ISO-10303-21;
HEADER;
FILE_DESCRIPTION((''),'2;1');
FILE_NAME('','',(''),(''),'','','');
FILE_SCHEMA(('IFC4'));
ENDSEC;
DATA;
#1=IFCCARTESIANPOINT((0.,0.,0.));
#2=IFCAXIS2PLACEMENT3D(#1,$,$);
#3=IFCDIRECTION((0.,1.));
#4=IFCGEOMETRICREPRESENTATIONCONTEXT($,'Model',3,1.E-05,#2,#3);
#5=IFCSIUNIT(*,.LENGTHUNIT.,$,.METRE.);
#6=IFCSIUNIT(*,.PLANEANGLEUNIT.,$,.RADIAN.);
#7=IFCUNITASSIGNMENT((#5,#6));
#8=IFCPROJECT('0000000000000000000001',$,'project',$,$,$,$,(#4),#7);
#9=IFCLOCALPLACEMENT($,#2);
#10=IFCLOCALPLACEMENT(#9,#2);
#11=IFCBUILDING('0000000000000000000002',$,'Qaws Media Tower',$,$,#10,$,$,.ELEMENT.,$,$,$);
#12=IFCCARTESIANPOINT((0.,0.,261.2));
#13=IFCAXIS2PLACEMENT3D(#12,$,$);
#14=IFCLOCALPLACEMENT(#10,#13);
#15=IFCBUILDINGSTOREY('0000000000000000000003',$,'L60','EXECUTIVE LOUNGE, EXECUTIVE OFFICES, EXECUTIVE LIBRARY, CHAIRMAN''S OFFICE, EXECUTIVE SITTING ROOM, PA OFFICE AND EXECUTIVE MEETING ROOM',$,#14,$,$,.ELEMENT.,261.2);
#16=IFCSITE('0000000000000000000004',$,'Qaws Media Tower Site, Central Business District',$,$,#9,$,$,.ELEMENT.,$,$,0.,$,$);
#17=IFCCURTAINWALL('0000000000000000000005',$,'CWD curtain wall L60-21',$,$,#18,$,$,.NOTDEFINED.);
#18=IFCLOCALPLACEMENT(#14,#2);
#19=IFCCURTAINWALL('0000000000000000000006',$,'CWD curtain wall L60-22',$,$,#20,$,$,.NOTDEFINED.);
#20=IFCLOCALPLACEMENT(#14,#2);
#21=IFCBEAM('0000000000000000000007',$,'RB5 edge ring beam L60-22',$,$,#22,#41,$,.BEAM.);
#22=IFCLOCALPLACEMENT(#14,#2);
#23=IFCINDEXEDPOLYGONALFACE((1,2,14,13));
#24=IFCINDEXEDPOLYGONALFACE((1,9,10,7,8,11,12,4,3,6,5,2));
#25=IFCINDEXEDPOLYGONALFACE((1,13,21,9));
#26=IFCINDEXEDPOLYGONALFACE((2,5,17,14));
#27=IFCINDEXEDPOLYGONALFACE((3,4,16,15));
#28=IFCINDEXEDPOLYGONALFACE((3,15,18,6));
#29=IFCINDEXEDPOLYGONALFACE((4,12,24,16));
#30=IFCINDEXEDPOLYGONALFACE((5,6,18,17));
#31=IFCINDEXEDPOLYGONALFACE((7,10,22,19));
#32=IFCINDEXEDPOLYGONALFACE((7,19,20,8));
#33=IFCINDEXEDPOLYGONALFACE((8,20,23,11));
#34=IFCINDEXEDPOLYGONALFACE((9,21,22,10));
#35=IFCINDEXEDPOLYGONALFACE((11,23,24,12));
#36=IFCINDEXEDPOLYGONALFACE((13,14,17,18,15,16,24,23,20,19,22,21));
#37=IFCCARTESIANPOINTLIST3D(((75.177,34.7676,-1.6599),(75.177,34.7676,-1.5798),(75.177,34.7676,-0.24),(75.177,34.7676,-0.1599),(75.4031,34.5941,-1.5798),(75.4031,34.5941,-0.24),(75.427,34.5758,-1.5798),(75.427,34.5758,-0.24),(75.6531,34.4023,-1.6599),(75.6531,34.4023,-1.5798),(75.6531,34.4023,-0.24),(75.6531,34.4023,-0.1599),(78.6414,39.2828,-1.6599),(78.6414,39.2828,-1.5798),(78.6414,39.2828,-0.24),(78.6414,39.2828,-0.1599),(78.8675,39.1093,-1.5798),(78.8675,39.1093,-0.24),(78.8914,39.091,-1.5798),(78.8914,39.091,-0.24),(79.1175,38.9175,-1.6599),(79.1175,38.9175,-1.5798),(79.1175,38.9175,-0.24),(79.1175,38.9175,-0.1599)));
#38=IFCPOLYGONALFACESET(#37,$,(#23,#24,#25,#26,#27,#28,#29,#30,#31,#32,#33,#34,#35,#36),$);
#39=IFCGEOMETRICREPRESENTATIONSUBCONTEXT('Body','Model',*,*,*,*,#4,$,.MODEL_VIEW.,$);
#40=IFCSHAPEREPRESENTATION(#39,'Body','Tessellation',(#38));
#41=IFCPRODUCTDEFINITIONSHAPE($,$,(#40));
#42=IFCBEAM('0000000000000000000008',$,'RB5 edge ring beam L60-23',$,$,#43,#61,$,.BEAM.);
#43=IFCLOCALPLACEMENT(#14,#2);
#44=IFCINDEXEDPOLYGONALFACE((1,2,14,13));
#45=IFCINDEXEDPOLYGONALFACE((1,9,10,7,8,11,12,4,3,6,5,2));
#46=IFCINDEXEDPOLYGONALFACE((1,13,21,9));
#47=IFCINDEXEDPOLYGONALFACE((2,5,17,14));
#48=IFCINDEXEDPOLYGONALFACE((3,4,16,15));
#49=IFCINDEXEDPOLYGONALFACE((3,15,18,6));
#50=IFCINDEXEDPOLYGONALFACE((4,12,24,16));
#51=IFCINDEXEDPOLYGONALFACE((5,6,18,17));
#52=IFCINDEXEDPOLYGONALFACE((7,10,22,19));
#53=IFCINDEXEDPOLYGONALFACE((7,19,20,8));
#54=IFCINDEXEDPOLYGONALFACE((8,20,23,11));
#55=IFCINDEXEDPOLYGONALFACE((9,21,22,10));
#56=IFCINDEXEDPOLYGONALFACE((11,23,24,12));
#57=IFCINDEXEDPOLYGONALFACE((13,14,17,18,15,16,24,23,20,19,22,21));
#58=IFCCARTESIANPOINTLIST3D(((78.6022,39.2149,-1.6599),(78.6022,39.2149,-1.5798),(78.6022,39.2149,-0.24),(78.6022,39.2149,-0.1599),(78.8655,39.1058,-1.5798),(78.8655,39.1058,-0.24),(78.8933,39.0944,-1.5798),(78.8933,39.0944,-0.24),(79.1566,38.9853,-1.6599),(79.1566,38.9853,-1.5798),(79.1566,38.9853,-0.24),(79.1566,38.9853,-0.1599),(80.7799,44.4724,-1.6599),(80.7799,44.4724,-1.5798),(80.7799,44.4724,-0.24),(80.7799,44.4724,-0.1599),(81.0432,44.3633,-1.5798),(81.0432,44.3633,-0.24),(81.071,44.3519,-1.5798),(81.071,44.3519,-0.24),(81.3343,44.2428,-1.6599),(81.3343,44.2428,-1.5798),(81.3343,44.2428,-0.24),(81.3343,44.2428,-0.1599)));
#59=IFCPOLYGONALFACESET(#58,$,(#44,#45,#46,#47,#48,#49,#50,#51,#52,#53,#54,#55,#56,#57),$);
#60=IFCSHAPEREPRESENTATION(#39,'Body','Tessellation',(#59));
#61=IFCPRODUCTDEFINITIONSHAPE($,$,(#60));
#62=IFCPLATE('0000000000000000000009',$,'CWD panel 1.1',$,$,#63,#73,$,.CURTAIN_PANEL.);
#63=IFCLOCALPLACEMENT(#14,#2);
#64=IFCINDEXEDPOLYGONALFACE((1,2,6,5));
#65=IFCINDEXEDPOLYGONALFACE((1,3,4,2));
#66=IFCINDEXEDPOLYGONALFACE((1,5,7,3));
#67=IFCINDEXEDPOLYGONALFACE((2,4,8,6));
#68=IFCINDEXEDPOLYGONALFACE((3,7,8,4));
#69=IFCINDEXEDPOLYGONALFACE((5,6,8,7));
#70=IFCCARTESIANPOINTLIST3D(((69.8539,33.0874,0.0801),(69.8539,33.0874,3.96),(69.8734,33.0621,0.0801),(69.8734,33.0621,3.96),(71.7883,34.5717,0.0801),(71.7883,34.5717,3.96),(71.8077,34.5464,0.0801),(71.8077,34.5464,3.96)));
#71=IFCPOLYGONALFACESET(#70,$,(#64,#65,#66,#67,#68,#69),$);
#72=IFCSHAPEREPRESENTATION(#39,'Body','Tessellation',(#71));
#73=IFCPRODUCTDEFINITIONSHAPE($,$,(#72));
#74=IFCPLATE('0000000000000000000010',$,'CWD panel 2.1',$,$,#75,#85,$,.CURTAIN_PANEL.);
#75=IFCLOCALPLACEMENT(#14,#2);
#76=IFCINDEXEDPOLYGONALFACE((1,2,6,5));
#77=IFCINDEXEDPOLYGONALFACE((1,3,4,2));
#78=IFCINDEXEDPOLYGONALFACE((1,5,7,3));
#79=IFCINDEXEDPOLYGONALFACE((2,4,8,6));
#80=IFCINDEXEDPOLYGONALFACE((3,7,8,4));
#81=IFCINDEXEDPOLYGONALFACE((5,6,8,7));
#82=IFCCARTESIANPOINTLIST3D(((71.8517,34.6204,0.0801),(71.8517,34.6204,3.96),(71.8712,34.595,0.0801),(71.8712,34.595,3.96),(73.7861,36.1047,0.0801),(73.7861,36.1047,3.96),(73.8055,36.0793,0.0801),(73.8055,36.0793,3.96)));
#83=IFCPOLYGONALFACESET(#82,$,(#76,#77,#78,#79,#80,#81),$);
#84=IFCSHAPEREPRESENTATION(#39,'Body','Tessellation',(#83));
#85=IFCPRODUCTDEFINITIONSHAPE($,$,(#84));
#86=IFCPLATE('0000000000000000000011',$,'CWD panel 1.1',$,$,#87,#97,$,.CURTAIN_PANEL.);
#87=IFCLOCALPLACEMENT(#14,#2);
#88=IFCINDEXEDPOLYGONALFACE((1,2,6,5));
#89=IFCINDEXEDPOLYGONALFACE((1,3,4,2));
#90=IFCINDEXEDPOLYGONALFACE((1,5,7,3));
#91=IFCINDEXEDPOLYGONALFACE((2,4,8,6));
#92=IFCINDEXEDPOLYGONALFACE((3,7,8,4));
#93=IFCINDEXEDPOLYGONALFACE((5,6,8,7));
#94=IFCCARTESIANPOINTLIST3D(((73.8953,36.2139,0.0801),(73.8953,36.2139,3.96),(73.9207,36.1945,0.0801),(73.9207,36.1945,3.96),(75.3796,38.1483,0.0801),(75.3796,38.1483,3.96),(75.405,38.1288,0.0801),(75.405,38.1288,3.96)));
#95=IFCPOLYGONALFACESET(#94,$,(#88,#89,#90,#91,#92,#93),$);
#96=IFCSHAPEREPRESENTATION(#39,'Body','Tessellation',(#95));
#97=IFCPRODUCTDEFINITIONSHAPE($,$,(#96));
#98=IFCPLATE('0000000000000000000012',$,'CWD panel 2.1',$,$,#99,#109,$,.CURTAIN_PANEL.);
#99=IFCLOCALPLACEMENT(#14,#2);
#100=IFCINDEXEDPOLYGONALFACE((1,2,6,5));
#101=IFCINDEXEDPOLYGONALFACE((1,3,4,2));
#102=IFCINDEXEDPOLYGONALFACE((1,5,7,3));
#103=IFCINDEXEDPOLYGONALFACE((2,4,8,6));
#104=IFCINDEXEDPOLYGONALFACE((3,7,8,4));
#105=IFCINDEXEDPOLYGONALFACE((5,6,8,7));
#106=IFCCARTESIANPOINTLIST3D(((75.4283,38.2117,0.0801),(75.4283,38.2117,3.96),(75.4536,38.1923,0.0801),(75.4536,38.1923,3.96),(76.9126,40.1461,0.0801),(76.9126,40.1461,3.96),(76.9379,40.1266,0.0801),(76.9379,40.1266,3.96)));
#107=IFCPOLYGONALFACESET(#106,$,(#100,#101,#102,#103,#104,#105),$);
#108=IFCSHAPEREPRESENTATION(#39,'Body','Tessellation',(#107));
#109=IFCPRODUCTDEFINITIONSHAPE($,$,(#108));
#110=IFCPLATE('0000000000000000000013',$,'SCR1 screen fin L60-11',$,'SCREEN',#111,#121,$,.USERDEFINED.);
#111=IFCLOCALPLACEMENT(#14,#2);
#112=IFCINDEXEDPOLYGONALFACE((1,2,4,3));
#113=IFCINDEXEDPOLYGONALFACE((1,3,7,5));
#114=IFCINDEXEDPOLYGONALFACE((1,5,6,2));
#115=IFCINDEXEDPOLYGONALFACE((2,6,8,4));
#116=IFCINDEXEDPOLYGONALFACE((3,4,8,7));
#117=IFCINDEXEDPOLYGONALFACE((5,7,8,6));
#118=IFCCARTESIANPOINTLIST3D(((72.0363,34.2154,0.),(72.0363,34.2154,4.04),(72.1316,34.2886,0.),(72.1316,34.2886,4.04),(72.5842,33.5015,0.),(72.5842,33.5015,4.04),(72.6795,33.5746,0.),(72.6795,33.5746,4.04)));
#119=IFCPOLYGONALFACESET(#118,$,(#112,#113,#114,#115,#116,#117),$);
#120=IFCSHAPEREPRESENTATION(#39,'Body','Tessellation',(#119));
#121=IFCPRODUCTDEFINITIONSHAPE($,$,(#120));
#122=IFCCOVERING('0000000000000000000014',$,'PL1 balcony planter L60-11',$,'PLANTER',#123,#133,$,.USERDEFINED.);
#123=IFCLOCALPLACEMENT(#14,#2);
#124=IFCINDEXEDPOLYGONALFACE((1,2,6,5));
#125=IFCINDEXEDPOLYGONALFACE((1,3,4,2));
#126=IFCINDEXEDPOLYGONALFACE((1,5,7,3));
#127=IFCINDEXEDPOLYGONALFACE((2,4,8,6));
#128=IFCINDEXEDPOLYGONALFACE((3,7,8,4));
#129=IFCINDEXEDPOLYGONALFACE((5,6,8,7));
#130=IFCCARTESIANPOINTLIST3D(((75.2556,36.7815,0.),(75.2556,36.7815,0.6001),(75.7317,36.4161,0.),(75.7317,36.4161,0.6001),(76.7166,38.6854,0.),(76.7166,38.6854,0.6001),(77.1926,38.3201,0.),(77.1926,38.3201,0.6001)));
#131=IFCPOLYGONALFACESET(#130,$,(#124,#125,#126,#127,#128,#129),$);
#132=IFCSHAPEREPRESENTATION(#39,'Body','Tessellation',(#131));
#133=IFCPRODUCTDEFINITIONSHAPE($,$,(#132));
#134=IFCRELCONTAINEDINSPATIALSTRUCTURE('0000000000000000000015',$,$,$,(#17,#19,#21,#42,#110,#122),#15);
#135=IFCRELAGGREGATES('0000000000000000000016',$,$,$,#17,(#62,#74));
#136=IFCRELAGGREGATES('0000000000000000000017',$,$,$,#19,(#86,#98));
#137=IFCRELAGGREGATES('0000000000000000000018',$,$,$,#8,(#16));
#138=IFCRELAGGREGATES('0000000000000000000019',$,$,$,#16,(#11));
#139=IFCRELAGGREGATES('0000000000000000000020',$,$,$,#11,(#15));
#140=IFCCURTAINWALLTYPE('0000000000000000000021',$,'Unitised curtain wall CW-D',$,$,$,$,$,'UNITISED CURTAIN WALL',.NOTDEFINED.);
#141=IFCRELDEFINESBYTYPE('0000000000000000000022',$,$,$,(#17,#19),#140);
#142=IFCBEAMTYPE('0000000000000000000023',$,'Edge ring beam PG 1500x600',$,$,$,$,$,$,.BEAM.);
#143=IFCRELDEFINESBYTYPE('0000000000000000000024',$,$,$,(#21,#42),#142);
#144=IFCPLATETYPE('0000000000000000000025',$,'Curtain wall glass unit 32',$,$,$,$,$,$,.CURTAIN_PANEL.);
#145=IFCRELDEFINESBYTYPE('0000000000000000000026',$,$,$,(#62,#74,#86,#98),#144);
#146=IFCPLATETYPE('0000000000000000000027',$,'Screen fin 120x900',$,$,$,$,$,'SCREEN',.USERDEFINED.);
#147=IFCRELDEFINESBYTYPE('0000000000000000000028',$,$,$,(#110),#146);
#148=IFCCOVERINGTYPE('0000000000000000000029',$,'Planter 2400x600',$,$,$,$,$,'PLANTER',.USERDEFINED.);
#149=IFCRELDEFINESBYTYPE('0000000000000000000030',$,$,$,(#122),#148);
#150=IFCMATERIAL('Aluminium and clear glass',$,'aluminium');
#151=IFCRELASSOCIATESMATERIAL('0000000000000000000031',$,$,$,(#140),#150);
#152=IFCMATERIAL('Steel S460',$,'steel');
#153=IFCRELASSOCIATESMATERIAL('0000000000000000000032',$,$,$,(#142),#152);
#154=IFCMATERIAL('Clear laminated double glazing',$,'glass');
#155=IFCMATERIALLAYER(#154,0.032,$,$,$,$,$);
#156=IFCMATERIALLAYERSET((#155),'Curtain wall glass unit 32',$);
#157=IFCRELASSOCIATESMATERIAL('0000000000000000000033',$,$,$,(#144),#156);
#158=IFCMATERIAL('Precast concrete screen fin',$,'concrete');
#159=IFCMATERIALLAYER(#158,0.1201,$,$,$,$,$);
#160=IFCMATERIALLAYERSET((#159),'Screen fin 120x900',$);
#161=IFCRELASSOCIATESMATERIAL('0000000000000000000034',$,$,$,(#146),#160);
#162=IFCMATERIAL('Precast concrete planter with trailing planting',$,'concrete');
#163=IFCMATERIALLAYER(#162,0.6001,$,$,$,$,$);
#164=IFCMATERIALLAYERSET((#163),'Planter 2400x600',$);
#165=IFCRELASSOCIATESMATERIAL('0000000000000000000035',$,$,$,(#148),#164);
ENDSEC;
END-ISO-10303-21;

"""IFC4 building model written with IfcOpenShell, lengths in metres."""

from ifc_helpers import new_model, si_unit, direction, frame, origin, origin_2d, place, context, subcontext, project, spatial, rectangle, i_section, extrude, material, layer, layer_set, material_profile, profile_set, type_object, element, aggregate, save


model = new_model("IFC4")

# Units and contexts
model_context = context("Model", 3, precision=1e-05, world=origin(), true_north=direction((0.0, 1.0)))
body_context = subcontext(model_context, "Body", "Model", "MODEL_VIEW")
ifc_project = project(units=[si_unit("LENGTHUNIT", "METRE"), si_unit("PLANEANGLEUNIT", "RADIAN")], contexts=[model_context])

# Site, building, storey
site_placement = place(None, origin())
site = spatial("IfcSite", under=ifc_project, at=site_placement, Name="Qaws Media Tower Site, Central Business District", CompositionType="ELEMENT", RefElevation=0.0)
building_placement = place(site_placement, origin())
building = spatial("IfcBuilding", under=site, at=building_placement, Name="Qaws Media Tower", CompositionType="ELEMENT")
storey_placement = place(building_placement, frame((0.0, 0.0, 261.2)))
storey = spatial("IfcBuildingStorey", under=building, at=storey_placement, Name="L60", Description="EXECUTIVE LOUNGE, EXECUTIVE OFFICES, EXECUTIVE LIBRARY, CHAIRMAN'S OFFICE, EXECUTIVE SITTING ROOM, PA OFFICE AND EXECUTIVE MEETING ROOM", CompositionType="ELEMENT", Elevation=261.2)

# Curtain walls
ifc_material_1 = material(Name="Aluminium and clear glass", Category="aluminium")
curtain_wall_type = type_object("IfcCurtainWallType", Name="Unitised curtain wall CW-D", ElementType="UNITISED CURTAIN WALL", PredefinedType="NOTDEFINED", material=ifc_material_1)
curtain_wall_1_placement = place(storey_placement, origin())
curtain_wall_1 = element("IfcCurtainWall", 1, at=curtain_wall_1_placement, inside=storey, type_object=curtain_wall_type, Name="CWD curtain wall L60-21", PredefinedType="NOTDEFINED")
curtain_wall_2_placement = place(storey_placement, origin())
curtain_wall_2 = element("IfcCurtainWall", 2, at=curtain_wall_2_placement, inside=storey, type_object=curtain_wall_type, Name="CWD curtain wall L60-22", PredefinedType="NOTDEFINED")

# Beams
ifc_material_2 = material(Name="Steel S460", Category="steel")
ifc_material_profile_1 = material_profile(ifc_material_2, i_section(OverallWidth=0.6001, OverallDepth=1.5, WebThickness=0.03, FlangeThickness=0.0801, at=origin_2d()), Name="PG 1500x600")
ifc_profile_set_1 = profile_set([ifc_material_profile_1], Name="Steel S460")
beam_type = type_object("IfcBeamType", Name="Edge ring beam PG 1500x600", PredefinedType="BEAM", material=ifc_profile_set_1)
for number, where, z_axis, x_axis, name in (
    (3, (75.415, 34.585, -0.9099), (0.608736, 0.793373, 0.0), (-0.793373, 0.608736, 0.0), "RB5 edge ring beam L60-22"),
):
    element("IfcBeam", number, at=place(storey_placement, frame(where, z_axis=z_axis, x_axis=x_axis)), inside=storey, type_object=beam_type, Name=name, PredefinedType="BEAM", context=body_context, shape_type="SweptSolid", body=[
        extrude(i_section(OverallWidth=0.6001, OverallDepth=1.5, WebThickness=0.03, FlangeThickness=0.0801, at=origin_2d()), origin(), (0.0, 0.0, 1.0), 5.6912),
    ])
beam_placement = place(storey_placement, frame((78.8794, 39.1001, -0.9099), z_axis=(0.38268, 0.923881, 0.0), x_axis=(-0.923881, 0.38268, 0.0)))
element("IfcBeam", 4, at=beam_placement, inside=storey, type_object=beam_type, Name="RB5 edge ring beam L60-23", PredefinedType="BEAM", context=body_context, shape_type="SweptSolid", body=[
    extrude(i_section(OverallWidth=0.6001, OverallDepth=1.5, WebThickness=0.03, FlangeThickness=0.0801, at=origin_2d()), origin(), (0.0, 0.0, 1.0), 5.6907),
])

# Plates
ifc_material_3 = material(Name="Clear laminated double glazing", Category="glass")
ifc_layer_1 = layer(ifc_material_3, 0.032)
ifc_layer_set_1 = layer_set([ifc_layer_1], Name="Curtain wall glass unit 32")
plate_type_1 = type_object("IfcPlateType", Name="Curtain wall glass unit 32", PredefinedType="CURTAIN_PANEL", material=ifc_layer_set_1)
plate_1_placement = place(storey_placement, frame((70.8308, 33.8169, 0.0801), z_axis=(0.0, 0.0, 1.0), x_axis=(0.793353, 0.608761, 0.0)))
plate_1 = element("IfcPlate", 5, at=plate_1_placement, type_object=plate_type_1, Name="CWD panel 1.1", PredefinedType="CURTAIN_PANEL", context=body_context, shape_type="SweptSolid", body=[
    extrude(rectangle(XDim=2.4382, YDim=0.032, at=origin_2d()), origin(), (0.0, 0.0, 1.0), 3.8799),
])
plate_2_placement = place(storey_placement, frame((72.8286, 35.3499, 0.0801), z_axis=(0.0, 0.0, 1.0), x_axis=(0.793353, 0.608761, 0.0)))
plate_2 = element("IfcPlate", 6, at=plate_2_placement, type_object=plate_type_1, Name="CWD panel 2.1", PredefinedType="CURTAIN_PANEL", context=body_context, shape_type="SweptSolid", body=[
    extrude(rectangle(XDim=2.4382, YDim=0.032, at=origin_2d()), origin(), (0.0, 0.0, 1.0), 3.8799),
])
aggregate(curtain_wall_1, [plate_1, plate_2])
plate_3_placement = place(storey_placement, frame((74.6501, 37.1714, 0.0801), z_axis=(0.0, 0.0, 1.0), x_axis=(0.608761, 0.793353, 0.0)))
plate_3 = element("IfcPlate", 7, at=plate_3_placement, type_object=plate_type_1, Name="CWD panel 1.1", PredefinedType="CURTAIN_PANEL", context=body_context, shape_type="SweptSolid", body=[
    extrude(rectangle(XDim=2.4382, YDim=0.032, at=origin_2d()), origin(), (0.0, 0.0, 1.0), 3.8799),
])
plate_4_placement = place(storey_placement, frame((76.1831, 39.1692, 0.0801), z_axis=(0.0, 0.0, 1.0), x_axis=(0.608761, 0.793353, 0.0)))
plate_4 = element("IfcPlate", 8, at=plate_4_placement, type_object=plate_type_1, Name="CWD panel 2.1", PredefinedType="CURTAIN_PANEL", context=body_context, shape_type="SweptSolid", body=[
    extrude(rectangle(XDim=2.4382, YDim=0.032, at=origin_2d()), origin(), (0.0, 0.0, 1.0), 3.8799),
])
aggregate(curtain_wall_2, [plate_3, plate_4])
ifc_material_4 = material(Name="Precast concrete screen fin", Category="concrete")
ifc_layer_2 = layer(ifc_material_4, 0.1201)
ifc_layer_set_2 = layer_set([ifc_layer_2], Name="Screen fin 120x900")
plate_type_2 = type_object("IfcPlateType", Name="Screen fin 120x900", ElementType="SCREEN", PredefinedType="USERDEFINED", material=ifc_layer_set_2)
plate_5_placement = place(storey_placement, frame((72.3579, 33.895, 0.0), z_axis=(0.0, 0.0, 1.0), x_axis=(0.608761, -0.793353, 0.0)))
element("IfcPlate", 9, at=plate_5_placement, inside=storey, type_object=plate_type_2, Name="SCR1 screen fin L60-11", ObjectType="SCREEN", PredefinedType="USERDEFINED", context=body_context, shape_type="SweptSolid", body=[
    extrude(rectangle(XDim=0.8999, YDim=0.1201, at=origin_2d()), origin(), (0.0, 0.0, 1.0), 4.04),
])

# Covering
ifc_material_5 = material(Name="Precast concrete planter with trailing planting", Category="concrete")
ifc_layer_3 = layer(ifc_material_5, 0.6001)
ifc_layer_set_3 = layer_set([ifc_layer_3], Name="Planter 2400x600")
covering_type = type_object("IfcCoveringType", Name="Planter 2400x600", ElementType="PLANTER", PredefinedType="USERDEFINED", material=ifc_layer_set_3)
covering_placement = place(storey_placement, frame((76.2241, 37.5508, 0.0), z_axis=(0.0, 0.0, 1.0), x_axis=(0.608761, 0.793353, 0.0)))
element("IfcCovering", 10, at=covering_placement, inside=storey, type_object=covering_type, Name="PL1 balcony planter L60-11", ObjectType="PLANTER", PredefinedType="USERDEFINED", context=body_context, shape_type="SweptSolid", body=[
    extrude(rectangle(XDim=2.3999, YDim=0.6001, at=origin_2d()), origin(), (0.0, 0.0, 1.0), 0.6001),
])

save(model, "model.ifc")
